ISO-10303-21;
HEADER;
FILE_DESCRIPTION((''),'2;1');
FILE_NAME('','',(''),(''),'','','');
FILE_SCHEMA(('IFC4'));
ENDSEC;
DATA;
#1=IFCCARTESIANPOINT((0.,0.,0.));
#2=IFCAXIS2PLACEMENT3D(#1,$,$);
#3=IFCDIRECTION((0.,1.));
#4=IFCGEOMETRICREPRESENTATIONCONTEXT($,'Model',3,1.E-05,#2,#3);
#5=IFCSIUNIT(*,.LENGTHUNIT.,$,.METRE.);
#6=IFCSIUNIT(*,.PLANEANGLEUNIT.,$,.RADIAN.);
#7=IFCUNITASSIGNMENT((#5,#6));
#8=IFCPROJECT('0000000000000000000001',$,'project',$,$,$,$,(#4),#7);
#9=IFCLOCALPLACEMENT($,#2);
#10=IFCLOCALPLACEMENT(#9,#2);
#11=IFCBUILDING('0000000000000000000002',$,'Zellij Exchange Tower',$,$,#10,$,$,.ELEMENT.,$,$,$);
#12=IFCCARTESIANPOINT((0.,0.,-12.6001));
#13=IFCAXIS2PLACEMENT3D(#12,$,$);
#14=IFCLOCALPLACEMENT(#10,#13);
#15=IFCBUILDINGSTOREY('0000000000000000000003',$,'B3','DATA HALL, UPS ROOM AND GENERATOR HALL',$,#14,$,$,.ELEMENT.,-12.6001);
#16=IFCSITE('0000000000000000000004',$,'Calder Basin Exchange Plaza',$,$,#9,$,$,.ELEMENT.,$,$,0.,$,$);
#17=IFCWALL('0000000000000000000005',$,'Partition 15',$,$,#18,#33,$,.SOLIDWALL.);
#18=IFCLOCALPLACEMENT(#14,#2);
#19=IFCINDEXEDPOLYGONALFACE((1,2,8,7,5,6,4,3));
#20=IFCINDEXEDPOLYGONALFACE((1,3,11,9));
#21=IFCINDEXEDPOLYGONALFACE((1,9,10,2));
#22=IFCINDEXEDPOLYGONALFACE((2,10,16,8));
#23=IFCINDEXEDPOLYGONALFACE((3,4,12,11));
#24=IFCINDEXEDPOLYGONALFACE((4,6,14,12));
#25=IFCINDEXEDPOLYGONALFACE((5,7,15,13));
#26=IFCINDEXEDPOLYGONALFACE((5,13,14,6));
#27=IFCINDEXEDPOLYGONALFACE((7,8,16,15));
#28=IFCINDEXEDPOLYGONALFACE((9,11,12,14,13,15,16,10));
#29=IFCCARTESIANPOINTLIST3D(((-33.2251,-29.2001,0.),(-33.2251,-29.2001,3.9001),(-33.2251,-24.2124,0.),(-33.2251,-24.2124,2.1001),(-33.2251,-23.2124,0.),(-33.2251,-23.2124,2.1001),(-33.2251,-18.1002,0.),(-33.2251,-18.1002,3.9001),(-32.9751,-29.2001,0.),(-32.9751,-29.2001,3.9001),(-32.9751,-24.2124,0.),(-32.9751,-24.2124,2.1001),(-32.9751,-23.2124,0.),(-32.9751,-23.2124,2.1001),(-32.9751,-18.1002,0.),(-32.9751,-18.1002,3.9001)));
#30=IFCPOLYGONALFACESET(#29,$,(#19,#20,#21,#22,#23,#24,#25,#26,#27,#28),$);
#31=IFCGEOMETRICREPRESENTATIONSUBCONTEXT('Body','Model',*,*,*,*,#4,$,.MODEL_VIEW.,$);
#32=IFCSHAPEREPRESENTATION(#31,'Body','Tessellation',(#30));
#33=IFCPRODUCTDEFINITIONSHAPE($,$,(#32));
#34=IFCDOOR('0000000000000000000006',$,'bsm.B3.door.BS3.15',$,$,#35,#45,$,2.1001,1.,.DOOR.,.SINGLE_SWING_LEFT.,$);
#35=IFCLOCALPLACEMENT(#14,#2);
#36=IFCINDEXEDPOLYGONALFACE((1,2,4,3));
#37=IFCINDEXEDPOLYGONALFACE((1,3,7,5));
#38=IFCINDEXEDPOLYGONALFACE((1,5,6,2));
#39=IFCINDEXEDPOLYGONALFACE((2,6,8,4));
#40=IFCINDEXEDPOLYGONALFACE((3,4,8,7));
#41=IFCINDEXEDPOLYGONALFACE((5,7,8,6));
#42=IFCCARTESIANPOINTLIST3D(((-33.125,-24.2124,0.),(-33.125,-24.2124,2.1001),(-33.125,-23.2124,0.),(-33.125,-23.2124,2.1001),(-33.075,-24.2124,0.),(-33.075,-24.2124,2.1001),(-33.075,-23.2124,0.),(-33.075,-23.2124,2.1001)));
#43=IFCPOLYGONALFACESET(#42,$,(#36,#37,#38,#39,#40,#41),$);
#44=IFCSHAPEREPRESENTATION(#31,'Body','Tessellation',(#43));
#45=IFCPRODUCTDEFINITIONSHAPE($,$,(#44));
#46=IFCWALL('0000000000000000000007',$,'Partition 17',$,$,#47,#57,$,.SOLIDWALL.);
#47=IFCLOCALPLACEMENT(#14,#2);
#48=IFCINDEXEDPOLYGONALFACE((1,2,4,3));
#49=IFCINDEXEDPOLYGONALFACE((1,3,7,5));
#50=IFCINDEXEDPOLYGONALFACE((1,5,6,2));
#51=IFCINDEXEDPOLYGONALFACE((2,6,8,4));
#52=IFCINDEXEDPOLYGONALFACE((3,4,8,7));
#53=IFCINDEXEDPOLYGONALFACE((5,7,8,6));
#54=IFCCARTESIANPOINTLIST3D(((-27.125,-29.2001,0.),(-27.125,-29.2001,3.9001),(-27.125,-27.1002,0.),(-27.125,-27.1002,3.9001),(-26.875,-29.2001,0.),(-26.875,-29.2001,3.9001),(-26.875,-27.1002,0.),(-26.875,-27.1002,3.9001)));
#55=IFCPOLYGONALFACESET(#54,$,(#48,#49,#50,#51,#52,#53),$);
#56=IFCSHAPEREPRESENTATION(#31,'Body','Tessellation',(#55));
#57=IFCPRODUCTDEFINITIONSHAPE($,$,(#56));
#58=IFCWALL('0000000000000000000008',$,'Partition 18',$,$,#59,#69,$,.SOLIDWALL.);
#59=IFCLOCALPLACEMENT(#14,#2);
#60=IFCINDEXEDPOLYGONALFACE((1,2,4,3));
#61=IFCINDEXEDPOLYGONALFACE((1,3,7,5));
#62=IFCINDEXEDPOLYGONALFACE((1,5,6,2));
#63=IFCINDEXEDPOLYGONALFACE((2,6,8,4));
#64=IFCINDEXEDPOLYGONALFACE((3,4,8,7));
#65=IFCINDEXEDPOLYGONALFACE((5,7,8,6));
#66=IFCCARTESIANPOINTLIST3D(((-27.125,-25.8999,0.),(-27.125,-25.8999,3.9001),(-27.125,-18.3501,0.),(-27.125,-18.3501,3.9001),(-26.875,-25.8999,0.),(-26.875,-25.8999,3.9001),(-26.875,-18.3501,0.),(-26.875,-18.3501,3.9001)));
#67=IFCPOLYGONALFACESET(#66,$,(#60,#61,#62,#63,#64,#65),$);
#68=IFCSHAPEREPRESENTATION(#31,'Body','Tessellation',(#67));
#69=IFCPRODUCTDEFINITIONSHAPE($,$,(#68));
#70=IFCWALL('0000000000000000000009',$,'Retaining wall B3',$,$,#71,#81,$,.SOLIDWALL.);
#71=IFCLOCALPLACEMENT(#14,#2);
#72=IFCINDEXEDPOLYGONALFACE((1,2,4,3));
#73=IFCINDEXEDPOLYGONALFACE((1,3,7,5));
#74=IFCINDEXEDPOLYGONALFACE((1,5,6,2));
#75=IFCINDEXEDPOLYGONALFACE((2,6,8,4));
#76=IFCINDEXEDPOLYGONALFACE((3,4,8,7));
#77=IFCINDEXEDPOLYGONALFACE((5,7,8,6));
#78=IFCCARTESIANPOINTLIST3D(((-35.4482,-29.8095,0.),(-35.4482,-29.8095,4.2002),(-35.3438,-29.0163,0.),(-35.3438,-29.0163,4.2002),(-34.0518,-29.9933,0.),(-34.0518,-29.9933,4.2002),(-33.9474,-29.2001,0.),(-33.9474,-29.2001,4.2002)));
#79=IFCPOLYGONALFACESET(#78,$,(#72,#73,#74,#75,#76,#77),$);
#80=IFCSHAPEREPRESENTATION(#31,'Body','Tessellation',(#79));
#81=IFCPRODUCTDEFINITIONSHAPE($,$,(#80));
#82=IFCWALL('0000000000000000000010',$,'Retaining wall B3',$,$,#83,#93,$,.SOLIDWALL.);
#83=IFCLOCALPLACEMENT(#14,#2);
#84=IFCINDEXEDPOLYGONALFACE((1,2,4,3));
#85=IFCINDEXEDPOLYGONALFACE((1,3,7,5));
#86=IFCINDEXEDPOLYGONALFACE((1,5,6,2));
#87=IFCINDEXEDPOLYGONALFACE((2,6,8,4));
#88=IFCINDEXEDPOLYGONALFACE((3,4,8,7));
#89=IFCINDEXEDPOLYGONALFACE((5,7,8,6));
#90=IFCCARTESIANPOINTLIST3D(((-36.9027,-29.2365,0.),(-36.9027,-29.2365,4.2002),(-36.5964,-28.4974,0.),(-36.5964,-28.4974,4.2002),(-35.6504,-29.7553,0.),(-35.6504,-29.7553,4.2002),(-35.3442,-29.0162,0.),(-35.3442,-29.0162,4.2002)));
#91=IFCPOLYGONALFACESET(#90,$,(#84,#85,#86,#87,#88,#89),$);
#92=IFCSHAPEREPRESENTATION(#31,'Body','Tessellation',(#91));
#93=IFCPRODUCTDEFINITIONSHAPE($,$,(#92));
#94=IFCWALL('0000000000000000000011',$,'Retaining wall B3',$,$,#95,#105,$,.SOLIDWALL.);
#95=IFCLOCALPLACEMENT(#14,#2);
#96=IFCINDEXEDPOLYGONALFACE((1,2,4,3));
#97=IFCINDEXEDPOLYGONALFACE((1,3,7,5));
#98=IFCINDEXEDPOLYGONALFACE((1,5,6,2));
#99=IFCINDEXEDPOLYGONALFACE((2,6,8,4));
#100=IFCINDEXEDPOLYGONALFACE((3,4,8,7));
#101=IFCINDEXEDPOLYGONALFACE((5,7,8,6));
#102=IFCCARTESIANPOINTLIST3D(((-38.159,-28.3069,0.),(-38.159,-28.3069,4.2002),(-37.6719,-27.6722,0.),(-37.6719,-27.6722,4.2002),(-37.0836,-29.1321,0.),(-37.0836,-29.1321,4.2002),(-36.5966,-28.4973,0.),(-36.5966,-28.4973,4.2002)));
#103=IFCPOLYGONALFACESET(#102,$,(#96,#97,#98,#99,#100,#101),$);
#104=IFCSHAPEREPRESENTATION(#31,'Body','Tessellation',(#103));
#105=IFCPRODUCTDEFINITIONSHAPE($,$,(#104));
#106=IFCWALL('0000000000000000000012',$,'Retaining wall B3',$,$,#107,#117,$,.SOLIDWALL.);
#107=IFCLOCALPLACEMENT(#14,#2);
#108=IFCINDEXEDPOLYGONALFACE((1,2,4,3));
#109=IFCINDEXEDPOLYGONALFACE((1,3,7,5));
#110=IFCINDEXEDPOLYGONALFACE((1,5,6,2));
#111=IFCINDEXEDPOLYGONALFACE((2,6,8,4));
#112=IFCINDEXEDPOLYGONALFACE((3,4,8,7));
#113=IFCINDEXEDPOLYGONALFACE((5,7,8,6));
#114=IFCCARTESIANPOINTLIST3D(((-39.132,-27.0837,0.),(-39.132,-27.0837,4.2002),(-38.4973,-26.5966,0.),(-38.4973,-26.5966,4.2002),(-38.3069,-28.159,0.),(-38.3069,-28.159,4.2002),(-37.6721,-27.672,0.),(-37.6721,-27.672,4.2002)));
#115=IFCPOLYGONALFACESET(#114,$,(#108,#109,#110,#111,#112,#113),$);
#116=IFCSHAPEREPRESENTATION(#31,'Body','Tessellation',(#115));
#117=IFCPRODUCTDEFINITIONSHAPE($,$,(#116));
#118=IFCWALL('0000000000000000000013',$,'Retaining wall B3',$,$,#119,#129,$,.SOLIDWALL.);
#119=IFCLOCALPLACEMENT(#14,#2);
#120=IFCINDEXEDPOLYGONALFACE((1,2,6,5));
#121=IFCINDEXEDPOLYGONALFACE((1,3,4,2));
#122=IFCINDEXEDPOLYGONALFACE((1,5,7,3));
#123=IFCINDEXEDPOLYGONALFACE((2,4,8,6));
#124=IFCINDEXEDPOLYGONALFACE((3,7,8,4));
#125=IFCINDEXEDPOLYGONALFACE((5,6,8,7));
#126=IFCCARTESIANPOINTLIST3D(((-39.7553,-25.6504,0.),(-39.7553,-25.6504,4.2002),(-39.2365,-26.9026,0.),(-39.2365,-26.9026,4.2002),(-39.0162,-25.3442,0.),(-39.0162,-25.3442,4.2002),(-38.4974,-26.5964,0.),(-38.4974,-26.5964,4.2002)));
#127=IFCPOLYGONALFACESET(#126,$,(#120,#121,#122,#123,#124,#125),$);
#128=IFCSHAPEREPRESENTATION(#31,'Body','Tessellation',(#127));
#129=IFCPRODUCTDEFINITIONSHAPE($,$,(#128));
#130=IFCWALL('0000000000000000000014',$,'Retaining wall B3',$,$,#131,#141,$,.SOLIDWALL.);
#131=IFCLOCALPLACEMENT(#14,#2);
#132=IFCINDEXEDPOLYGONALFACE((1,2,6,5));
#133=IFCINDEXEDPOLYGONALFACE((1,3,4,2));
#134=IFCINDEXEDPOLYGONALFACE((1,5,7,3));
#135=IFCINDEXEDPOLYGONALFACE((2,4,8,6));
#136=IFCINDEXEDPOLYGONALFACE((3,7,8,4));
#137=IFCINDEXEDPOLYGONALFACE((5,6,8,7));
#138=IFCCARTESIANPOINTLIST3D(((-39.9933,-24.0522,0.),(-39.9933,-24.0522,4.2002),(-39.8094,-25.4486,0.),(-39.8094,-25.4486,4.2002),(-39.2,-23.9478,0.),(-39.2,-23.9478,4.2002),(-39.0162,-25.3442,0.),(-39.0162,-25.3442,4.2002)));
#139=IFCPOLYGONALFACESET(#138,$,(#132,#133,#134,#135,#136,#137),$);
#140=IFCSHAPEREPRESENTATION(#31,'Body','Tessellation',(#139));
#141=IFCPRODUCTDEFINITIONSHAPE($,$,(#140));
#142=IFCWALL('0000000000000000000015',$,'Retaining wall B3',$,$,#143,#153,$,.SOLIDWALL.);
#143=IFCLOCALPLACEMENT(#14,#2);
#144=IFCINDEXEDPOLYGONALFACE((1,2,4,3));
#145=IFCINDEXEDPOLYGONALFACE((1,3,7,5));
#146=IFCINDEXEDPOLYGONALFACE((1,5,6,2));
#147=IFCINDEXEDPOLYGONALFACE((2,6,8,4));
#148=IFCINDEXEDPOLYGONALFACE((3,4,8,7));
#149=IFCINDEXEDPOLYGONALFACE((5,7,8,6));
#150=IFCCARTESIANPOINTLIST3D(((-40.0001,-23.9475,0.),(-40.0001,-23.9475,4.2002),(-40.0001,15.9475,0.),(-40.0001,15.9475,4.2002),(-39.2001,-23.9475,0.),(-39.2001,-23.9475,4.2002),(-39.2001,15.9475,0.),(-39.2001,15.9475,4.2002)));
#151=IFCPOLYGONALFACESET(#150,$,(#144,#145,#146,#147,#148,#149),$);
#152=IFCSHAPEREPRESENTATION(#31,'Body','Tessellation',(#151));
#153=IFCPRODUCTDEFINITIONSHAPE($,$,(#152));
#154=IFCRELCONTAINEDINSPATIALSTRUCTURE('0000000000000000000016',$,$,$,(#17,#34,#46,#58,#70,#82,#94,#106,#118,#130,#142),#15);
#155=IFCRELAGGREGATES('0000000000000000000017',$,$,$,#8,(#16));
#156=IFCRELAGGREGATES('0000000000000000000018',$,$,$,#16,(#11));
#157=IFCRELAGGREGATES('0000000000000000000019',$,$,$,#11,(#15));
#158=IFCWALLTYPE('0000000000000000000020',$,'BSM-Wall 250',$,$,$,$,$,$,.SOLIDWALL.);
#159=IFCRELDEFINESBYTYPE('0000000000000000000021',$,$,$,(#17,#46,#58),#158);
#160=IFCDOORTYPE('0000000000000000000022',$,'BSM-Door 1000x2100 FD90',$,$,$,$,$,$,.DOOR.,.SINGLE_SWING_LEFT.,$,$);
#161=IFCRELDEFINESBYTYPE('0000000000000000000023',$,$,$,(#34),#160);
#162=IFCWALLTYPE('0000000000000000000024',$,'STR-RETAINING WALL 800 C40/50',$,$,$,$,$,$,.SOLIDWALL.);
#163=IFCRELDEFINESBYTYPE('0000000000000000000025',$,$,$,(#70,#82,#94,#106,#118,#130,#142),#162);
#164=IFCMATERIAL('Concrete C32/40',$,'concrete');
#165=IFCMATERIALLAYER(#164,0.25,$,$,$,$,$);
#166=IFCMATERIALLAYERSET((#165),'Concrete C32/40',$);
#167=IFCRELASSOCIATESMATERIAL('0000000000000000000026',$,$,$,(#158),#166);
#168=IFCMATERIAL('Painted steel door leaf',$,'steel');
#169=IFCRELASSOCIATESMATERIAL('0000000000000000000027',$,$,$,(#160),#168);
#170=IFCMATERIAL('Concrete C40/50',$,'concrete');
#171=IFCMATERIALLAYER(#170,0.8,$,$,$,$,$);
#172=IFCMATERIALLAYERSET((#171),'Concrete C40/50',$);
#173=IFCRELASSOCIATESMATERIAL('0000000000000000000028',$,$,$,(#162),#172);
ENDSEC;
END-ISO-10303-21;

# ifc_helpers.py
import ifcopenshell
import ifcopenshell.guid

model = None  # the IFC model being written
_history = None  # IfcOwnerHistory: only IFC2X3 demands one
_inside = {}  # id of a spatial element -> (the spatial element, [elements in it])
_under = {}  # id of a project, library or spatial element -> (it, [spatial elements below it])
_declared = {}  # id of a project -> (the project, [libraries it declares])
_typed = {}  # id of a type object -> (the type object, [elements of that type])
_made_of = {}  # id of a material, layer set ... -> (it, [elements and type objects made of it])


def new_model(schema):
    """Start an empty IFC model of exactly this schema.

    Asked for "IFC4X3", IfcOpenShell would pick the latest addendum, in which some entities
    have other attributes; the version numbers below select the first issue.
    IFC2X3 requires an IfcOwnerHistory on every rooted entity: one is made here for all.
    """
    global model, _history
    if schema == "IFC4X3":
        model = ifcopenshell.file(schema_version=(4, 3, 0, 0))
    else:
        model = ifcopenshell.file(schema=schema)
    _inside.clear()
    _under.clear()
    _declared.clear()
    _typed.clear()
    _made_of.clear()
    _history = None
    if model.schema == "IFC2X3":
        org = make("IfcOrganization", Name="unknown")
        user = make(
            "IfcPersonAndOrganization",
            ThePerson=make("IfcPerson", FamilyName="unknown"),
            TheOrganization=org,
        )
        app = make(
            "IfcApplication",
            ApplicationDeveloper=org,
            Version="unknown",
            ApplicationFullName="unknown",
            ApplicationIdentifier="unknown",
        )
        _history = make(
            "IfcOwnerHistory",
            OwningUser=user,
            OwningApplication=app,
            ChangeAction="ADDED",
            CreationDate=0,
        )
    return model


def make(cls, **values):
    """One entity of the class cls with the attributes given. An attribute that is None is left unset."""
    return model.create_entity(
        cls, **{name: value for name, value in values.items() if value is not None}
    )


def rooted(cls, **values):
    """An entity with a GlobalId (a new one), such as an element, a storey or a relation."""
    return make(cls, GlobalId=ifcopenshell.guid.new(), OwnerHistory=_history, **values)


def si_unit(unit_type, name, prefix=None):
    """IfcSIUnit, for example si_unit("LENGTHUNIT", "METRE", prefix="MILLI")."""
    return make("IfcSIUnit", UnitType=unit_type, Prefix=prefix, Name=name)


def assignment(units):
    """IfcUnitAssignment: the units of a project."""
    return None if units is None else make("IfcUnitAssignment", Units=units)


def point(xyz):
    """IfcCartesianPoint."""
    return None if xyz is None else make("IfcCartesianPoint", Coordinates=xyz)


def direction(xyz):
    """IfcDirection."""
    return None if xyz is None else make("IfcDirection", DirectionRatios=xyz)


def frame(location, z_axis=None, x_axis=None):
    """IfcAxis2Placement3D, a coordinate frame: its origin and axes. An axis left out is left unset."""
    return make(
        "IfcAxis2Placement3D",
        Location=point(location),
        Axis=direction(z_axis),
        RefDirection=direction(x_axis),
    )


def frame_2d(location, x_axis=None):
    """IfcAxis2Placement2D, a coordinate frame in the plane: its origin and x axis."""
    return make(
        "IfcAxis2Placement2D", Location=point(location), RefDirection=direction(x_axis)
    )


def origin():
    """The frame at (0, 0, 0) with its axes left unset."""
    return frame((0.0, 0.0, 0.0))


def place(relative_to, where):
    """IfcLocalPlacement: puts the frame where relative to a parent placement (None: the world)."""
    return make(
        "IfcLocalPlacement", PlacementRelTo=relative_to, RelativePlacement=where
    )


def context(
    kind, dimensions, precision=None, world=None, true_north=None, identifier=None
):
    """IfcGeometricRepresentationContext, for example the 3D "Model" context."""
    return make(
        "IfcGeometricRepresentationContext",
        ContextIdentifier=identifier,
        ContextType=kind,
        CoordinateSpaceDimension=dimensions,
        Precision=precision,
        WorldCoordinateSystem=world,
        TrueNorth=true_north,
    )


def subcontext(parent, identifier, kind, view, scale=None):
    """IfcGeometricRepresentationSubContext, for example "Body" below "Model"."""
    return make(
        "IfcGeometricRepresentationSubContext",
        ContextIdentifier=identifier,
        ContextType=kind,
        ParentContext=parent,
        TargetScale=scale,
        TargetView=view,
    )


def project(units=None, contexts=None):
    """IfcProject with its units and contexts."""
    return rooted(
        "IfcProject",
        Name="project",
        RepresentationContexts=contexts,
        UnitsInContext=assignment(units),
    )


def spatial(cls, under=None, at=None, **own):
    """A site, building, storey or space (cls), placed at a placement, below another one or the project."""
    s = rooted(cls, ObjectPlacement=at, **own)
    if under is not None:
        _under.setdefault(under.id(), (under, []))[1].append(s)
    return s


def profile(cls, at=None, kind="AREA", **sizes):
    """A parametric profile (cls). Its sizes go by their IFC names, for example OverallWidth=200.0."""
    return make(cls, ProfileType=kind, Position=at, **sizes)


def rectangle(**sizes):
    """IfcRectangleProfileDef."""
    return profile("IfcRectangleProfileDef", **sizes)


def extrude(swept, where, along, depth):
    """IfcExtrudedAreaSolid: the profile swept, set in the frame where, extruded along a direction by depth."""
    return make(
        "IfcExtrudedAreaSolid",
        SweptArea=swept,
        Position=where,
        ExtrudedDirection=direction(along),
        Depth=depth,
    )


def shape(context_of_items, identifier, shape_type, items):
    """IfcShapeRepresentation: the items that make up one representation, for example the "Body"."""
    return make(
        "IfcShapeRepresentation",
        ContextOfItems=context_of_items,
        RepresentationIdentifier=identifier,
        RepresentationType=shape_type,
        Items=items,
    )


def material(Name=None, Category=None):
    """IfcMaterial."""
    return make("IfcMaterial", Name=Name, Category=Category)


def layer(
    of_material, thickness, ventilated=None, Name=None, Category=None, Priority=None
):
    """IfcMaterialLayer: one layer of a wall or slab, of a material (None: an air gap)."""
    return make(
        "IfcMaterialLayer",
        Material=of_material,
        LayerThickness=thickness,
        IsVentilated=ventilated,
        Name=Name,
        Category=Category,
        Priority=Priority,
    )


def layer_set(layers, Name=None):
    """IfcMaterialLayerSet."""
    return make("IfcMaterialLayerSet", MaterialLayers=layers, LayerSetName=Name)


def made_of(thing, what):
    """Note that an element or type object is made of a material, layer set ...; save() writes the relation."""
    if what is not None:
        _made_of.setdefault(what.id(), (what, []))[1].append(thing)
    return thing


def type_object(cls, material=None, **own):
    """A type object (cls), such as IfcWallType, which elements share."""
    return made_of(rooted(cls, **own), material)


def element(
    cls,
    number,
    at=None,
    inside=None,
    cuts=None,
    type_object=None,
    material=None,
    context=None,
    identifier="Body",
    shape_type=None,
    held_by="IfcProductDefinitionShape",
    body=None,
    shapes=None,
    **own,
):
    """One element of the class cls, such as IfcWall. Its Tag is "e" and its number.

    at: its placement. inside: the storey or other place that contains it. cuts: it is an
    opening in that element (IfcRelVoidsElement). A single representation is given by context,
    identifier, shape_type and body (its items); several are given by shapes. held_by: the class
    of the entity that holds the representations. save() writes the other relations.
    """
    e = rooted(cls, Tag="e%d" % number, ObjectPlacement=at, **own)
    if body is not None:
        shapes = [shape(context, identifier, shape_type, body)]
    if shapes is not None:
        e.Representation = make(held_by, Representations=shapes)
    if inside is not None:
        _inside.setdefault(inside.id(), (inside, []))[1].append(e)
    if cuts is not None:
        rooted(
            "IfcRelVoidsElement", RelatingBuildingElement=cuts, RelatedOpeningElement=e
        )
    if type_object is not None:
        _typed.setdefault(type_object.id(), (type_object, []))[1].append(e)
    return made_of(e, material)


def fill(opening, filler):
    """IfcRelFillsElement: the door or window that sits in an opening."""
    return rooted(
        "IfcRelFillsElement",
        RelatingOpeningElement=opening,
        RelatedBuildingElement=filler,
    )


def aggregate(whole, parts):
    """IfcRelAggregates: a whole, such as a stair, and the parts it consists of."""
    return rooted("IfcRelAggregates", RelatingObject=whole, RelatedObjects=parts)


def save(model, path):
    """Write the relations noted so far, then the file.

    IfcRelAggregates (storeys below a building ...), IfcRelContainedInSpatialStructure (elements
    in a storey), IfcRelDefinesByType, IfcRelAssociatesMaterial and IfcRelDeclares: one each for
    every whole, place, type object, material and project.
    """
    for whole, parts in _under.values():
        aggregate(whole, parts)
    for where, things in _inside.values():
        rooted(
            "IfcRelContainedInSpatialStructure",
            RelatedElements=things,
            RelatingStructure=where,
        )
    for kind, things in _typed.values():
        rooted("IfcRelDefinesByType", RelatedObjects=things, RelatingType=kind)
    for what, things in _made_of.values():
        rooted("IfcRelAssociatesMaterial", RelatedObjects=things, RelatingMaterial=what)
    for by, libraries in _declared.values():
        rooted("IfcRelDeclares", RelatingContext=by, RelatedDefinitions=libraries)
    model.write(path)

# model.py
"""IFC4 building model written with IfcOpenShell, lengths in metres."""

from ifc_helpers import new_model, si_unit, direction, frame, frame_2d, origin, place, context, subcontext, project, spatial, rectangle, extrude, material, layer, layer_set, type_object, element, fill, save


model = new_model("IFC4")

# Units and contexts
model_context = context("Model", 3, precision=1e-05, world=origin(), true_north=direction((0.0, 1.0)))
body_context = subcontext(model_context, "Body", "Model", "MODEL_VIEW")
ifc_project = project(units=[si_unit("LENGTHUNIT", "METRE"), si_unit("PLANEANGLEUNIT", "RADIAN")], contexts=[model_context])

# Site, building, storey
site_placement = place(None, origin())
site = spatial("IfcSite", under=ifc_project, at=site_placement, Name="Calder Basin Exchange Plaza", CompositionType="ELEMENT", RefElevation=0.0)
building_placement = place(site_placement, origin())
building = spatial("IfcBuilding", under=site, at=building_placement, Name="Zellij Exchange Tower", CompositionType="ELEMENT")
storey_placement = place(building_placement, frame((0.0, 0.0, -12.6001)))
storey = spatial("IfcBuildingStorey", under=building, at=storey_placement, Name="B3", Description="DATA HALL, UPS ROOM AND GENERATOR HALL", CompositionType="ELEMENT", Elevation=-12.6001)

# Shared definitions
ifc_material_1 = material(Name="Concrete C40/50", Category="concrete")

# Shared definitions
ifc_material_2 = material(Name="Concrete C32/40", Category="concrete")
ifc_layer_1 = layer(ifc_material_2, 0.25)
ifc_layer_set_1 = layer_set([ifc_layer_1], Name="Concrete C32/40")
wall_type_1 = type_object("IfcWallType", Name="BSM-Wall 250", PredefinedType="SOLIDWALL", material=ifc_layer_set_1)
ifc_material_3 = material(Name="Painted steel door leaf", Category="steel")
door_type_1 = type_object("IfcDoorType", Name="BSM-Door 1000x2100 FD90", OperationType="SINGLE_SWING_LEFT", PredefinedType="DOOR", material=ifc_material_3)

# Wall, opening, door
wall_1_placement = place(storey_placement, frame((-33.1001, -29.2, 0.0), z_axis=(0.0, 0.0, 1.0), x_axis=(0.0, 1.0, 0.0)))
wall_1 = element("IfcWall", 1, at=wall_1_placement, inside=storey, type_object=wall_type_1, Name="Partition 15", PredefinedType="SOLIDWALL", context=body_context, shape_type="SweptSolid", body=[
    extrude(rectangle(XDim=11.0999, YDim=0.25, at=frame_2d((5.5498, 0.0))), origin(), (0.0, 0.0, 1.0), 3.9001),
])
opening_1_placement = place(wall_1_placement, frame((4.9875, 0.0, 0.0)))
opening_1 = element("IfcOpeningElement", 2, at=opening_1_placement, cuts=wall_1, PredefinedType="OPENING", context=body_context, shape_type="SweptSolid", body=[
    extrude(rectangle(XDim=1.0, YDim=2.1001, at=frame_2d((0.5, 1.05))), frame((0.0, 0.137, 0.0), z_axis=(0.0, -1.0, 0.0), x_axis=(1.0, 0.0, 0.0)), (0.0, 0.0, 1.0), 0.2739),
])
door_1_placement = place(opening_1_placement, origin())
door_1 = element("IfcDoor", 3, at=door_1_placement, inside=storey, type_object=door_type_1, Name="bsm.B3.door.BS3.15", OperationType="SINGLE_SWING_LEFT", OverallHeight=2.1001, OverallWidth=1.0, PredefinedType="DOOR", context=body_context, shape_type="SweptSolid", body=[
    extrude(rectangle(XDim=1.0, YDim=2.1001, at=frame_2d((0.5, 1.05))), frame((0.0, 0.0249, 0.0), z_axis=(0.0, -1.0, 0.0), x_axis=(1.0, 0.0, 0.0)), (0.0, 0.0, 1.0), 0.05),
])
fill(opening_1, door_1)

# Walls
wall_2_placement = place(storey_placement, frame((-27.0, -29.2, 0.0), z_axis=(0.0, 0.0, 1.0), x_axis=(0.0, 1.0, 0.0)))
element("IfcWall", 4, at=wall_2_placement, inside=storey, type_object=wall_type_1, Name="Partition 17", PredefinedType="SOLIDWALL", context=body_context, shape_type="SweptSolid", body=[
    extrude(rectangle(XDim=2.0999, YDim=0.25, at=frame_2d((1.0498, 0.0))), origin(), (0.0, 0.0, 1.0), 3.9001),
])
wall_3_placement = place(storey_placement, frame((-27.0, -25.8999, 0.0), z_axis=(0.0, 0.0, 1.0), x_axis=(0.0, 1.0, 0.0)))
element("IfcWall", 5, at=wall_3_placement, inside=storey, type_object=wall_type_1, Name="Partition 18", PredefinedType="SOLIDWALL", context=body_context, shape_type="SweptSolid", body=[
    extrude(rectangle(XDim=7.5498, YDim=0.25, at=frame_2d((3.7749, 0.0))), origin(), (0.0, 0.0, 1.0), 3.9001),
])
ifc_layer_2 = layer(ifc_material_1, 0.8)
ifc_layer_set_2 = layer_set([ifc_layer_2], Name="Concrete C40/50")
wall_type_2 = type_object("IfcWallType", Name="STR-RETAINING WALL 800 C40/50", PredefinedType="SOLIDWALL", material=ifc_layer_set_2)
wall_4_placement = place(storey_placement, frame((-33.9998, -29.5967, 0.0), z_axis=(0.0, 0.0, 1.0), x_axis=(-0.991446, 0.130517, 0.0)))
element("IfcWall", 6, at=wall_4_placement, inside=storey, type_object=wall_type_2, Name="Retaining wall B3", PredefinedType="SOLIDWALL", context=body_context, shape_type="SweptSolid", body=[
    extrude(rectangle(XDim=1.4084, YDim=0.8, at=frame_2d((0.7041, 0.0))), origin(), (0.0, 0.0, 1.0), 4.2002),
])
for number, where, z_axis, x_axis, name in (
    (7, (-35.4973, -29.3857, 0.0), (0.0, 0.0, 1.0), (-0.923848, 0.38276, 0.0), "Retaining wall B3"),
    (8, (-36.8401, -28.8147, 0.0), (0.0, 0.0, 1.0), (-0.79336, 0.608753, 0.0), "Retaining wall B3"),
    (9, (-37.9895, -27.9155, 0.0), (0.0, 0.0, 1.0), (-0.608753, 0.79336, 0.0), "Retaining wall B3"),
    (10, (-38.8669, -26.7495, 0.0), (0.0, 0.0, 1.0), (-0.38276, 0.923848, 0.0), "Retaining wall B3"),
):
    element("IfcWall", number, at=place(storey_placement, frame(where, z_axis=z_axis, x_axis=x_axis)), inside=storey, type_object=wall_type_2, Name=name, PredefinedType="SOLIDWALL", context=body_context, shape_type="SweptSolid", body=[
        extrude(rectangle(XDim=1.3555, YDim=0.8, at=frame_2d((0.6777, 0.0))), origin(), (0.0, 0.0, 1.0), 4.2002),
    ])
wall_5_placement = place(storey_placement, frame((-39.4128, -25.3962, 0.0), z_axis=(0.0, 0.0, 1.0), x_axis=(-0.130517, 0.991446, 0.0)))
element("IfcWall", 11, at=wall_5_placement, inside=storey, type_object=wall_type_2, Name="Retaining wall B3", PredefinedType="SOLIDWALL", context=body_context, shape_type="SweptSolid", body=[
    extrude(rectangle(XDim=1.4084, YDim=0.8, at=frame_2d((0.7041, 0.0))), origin(), (0.0, 0.0, 1.0), 4.2002),
])
wall_6_placement = place(storey_placement, frame((-39.6001, -23.9475, 0.0), z_axis=(0.0, 0.0, 1.0), x_axis=(0.0, 1.0, 0.0)))
element("IfcWall", 12, at=wall_6_placement, inside=storey, type_object=wall_type_2, Name="Retaining wall B3", PredefinedType="SOLIDWALL", context=body_context, shape_type="SweptSolid", body=[
    extrude(rectangle(XDim=39.895, YDim=0.8, at=frame_2d((19.9475, 0.0))), origin(), (0.0, 0.0, 1.0), 4.2002),
])

save(model, "model.ifc")
